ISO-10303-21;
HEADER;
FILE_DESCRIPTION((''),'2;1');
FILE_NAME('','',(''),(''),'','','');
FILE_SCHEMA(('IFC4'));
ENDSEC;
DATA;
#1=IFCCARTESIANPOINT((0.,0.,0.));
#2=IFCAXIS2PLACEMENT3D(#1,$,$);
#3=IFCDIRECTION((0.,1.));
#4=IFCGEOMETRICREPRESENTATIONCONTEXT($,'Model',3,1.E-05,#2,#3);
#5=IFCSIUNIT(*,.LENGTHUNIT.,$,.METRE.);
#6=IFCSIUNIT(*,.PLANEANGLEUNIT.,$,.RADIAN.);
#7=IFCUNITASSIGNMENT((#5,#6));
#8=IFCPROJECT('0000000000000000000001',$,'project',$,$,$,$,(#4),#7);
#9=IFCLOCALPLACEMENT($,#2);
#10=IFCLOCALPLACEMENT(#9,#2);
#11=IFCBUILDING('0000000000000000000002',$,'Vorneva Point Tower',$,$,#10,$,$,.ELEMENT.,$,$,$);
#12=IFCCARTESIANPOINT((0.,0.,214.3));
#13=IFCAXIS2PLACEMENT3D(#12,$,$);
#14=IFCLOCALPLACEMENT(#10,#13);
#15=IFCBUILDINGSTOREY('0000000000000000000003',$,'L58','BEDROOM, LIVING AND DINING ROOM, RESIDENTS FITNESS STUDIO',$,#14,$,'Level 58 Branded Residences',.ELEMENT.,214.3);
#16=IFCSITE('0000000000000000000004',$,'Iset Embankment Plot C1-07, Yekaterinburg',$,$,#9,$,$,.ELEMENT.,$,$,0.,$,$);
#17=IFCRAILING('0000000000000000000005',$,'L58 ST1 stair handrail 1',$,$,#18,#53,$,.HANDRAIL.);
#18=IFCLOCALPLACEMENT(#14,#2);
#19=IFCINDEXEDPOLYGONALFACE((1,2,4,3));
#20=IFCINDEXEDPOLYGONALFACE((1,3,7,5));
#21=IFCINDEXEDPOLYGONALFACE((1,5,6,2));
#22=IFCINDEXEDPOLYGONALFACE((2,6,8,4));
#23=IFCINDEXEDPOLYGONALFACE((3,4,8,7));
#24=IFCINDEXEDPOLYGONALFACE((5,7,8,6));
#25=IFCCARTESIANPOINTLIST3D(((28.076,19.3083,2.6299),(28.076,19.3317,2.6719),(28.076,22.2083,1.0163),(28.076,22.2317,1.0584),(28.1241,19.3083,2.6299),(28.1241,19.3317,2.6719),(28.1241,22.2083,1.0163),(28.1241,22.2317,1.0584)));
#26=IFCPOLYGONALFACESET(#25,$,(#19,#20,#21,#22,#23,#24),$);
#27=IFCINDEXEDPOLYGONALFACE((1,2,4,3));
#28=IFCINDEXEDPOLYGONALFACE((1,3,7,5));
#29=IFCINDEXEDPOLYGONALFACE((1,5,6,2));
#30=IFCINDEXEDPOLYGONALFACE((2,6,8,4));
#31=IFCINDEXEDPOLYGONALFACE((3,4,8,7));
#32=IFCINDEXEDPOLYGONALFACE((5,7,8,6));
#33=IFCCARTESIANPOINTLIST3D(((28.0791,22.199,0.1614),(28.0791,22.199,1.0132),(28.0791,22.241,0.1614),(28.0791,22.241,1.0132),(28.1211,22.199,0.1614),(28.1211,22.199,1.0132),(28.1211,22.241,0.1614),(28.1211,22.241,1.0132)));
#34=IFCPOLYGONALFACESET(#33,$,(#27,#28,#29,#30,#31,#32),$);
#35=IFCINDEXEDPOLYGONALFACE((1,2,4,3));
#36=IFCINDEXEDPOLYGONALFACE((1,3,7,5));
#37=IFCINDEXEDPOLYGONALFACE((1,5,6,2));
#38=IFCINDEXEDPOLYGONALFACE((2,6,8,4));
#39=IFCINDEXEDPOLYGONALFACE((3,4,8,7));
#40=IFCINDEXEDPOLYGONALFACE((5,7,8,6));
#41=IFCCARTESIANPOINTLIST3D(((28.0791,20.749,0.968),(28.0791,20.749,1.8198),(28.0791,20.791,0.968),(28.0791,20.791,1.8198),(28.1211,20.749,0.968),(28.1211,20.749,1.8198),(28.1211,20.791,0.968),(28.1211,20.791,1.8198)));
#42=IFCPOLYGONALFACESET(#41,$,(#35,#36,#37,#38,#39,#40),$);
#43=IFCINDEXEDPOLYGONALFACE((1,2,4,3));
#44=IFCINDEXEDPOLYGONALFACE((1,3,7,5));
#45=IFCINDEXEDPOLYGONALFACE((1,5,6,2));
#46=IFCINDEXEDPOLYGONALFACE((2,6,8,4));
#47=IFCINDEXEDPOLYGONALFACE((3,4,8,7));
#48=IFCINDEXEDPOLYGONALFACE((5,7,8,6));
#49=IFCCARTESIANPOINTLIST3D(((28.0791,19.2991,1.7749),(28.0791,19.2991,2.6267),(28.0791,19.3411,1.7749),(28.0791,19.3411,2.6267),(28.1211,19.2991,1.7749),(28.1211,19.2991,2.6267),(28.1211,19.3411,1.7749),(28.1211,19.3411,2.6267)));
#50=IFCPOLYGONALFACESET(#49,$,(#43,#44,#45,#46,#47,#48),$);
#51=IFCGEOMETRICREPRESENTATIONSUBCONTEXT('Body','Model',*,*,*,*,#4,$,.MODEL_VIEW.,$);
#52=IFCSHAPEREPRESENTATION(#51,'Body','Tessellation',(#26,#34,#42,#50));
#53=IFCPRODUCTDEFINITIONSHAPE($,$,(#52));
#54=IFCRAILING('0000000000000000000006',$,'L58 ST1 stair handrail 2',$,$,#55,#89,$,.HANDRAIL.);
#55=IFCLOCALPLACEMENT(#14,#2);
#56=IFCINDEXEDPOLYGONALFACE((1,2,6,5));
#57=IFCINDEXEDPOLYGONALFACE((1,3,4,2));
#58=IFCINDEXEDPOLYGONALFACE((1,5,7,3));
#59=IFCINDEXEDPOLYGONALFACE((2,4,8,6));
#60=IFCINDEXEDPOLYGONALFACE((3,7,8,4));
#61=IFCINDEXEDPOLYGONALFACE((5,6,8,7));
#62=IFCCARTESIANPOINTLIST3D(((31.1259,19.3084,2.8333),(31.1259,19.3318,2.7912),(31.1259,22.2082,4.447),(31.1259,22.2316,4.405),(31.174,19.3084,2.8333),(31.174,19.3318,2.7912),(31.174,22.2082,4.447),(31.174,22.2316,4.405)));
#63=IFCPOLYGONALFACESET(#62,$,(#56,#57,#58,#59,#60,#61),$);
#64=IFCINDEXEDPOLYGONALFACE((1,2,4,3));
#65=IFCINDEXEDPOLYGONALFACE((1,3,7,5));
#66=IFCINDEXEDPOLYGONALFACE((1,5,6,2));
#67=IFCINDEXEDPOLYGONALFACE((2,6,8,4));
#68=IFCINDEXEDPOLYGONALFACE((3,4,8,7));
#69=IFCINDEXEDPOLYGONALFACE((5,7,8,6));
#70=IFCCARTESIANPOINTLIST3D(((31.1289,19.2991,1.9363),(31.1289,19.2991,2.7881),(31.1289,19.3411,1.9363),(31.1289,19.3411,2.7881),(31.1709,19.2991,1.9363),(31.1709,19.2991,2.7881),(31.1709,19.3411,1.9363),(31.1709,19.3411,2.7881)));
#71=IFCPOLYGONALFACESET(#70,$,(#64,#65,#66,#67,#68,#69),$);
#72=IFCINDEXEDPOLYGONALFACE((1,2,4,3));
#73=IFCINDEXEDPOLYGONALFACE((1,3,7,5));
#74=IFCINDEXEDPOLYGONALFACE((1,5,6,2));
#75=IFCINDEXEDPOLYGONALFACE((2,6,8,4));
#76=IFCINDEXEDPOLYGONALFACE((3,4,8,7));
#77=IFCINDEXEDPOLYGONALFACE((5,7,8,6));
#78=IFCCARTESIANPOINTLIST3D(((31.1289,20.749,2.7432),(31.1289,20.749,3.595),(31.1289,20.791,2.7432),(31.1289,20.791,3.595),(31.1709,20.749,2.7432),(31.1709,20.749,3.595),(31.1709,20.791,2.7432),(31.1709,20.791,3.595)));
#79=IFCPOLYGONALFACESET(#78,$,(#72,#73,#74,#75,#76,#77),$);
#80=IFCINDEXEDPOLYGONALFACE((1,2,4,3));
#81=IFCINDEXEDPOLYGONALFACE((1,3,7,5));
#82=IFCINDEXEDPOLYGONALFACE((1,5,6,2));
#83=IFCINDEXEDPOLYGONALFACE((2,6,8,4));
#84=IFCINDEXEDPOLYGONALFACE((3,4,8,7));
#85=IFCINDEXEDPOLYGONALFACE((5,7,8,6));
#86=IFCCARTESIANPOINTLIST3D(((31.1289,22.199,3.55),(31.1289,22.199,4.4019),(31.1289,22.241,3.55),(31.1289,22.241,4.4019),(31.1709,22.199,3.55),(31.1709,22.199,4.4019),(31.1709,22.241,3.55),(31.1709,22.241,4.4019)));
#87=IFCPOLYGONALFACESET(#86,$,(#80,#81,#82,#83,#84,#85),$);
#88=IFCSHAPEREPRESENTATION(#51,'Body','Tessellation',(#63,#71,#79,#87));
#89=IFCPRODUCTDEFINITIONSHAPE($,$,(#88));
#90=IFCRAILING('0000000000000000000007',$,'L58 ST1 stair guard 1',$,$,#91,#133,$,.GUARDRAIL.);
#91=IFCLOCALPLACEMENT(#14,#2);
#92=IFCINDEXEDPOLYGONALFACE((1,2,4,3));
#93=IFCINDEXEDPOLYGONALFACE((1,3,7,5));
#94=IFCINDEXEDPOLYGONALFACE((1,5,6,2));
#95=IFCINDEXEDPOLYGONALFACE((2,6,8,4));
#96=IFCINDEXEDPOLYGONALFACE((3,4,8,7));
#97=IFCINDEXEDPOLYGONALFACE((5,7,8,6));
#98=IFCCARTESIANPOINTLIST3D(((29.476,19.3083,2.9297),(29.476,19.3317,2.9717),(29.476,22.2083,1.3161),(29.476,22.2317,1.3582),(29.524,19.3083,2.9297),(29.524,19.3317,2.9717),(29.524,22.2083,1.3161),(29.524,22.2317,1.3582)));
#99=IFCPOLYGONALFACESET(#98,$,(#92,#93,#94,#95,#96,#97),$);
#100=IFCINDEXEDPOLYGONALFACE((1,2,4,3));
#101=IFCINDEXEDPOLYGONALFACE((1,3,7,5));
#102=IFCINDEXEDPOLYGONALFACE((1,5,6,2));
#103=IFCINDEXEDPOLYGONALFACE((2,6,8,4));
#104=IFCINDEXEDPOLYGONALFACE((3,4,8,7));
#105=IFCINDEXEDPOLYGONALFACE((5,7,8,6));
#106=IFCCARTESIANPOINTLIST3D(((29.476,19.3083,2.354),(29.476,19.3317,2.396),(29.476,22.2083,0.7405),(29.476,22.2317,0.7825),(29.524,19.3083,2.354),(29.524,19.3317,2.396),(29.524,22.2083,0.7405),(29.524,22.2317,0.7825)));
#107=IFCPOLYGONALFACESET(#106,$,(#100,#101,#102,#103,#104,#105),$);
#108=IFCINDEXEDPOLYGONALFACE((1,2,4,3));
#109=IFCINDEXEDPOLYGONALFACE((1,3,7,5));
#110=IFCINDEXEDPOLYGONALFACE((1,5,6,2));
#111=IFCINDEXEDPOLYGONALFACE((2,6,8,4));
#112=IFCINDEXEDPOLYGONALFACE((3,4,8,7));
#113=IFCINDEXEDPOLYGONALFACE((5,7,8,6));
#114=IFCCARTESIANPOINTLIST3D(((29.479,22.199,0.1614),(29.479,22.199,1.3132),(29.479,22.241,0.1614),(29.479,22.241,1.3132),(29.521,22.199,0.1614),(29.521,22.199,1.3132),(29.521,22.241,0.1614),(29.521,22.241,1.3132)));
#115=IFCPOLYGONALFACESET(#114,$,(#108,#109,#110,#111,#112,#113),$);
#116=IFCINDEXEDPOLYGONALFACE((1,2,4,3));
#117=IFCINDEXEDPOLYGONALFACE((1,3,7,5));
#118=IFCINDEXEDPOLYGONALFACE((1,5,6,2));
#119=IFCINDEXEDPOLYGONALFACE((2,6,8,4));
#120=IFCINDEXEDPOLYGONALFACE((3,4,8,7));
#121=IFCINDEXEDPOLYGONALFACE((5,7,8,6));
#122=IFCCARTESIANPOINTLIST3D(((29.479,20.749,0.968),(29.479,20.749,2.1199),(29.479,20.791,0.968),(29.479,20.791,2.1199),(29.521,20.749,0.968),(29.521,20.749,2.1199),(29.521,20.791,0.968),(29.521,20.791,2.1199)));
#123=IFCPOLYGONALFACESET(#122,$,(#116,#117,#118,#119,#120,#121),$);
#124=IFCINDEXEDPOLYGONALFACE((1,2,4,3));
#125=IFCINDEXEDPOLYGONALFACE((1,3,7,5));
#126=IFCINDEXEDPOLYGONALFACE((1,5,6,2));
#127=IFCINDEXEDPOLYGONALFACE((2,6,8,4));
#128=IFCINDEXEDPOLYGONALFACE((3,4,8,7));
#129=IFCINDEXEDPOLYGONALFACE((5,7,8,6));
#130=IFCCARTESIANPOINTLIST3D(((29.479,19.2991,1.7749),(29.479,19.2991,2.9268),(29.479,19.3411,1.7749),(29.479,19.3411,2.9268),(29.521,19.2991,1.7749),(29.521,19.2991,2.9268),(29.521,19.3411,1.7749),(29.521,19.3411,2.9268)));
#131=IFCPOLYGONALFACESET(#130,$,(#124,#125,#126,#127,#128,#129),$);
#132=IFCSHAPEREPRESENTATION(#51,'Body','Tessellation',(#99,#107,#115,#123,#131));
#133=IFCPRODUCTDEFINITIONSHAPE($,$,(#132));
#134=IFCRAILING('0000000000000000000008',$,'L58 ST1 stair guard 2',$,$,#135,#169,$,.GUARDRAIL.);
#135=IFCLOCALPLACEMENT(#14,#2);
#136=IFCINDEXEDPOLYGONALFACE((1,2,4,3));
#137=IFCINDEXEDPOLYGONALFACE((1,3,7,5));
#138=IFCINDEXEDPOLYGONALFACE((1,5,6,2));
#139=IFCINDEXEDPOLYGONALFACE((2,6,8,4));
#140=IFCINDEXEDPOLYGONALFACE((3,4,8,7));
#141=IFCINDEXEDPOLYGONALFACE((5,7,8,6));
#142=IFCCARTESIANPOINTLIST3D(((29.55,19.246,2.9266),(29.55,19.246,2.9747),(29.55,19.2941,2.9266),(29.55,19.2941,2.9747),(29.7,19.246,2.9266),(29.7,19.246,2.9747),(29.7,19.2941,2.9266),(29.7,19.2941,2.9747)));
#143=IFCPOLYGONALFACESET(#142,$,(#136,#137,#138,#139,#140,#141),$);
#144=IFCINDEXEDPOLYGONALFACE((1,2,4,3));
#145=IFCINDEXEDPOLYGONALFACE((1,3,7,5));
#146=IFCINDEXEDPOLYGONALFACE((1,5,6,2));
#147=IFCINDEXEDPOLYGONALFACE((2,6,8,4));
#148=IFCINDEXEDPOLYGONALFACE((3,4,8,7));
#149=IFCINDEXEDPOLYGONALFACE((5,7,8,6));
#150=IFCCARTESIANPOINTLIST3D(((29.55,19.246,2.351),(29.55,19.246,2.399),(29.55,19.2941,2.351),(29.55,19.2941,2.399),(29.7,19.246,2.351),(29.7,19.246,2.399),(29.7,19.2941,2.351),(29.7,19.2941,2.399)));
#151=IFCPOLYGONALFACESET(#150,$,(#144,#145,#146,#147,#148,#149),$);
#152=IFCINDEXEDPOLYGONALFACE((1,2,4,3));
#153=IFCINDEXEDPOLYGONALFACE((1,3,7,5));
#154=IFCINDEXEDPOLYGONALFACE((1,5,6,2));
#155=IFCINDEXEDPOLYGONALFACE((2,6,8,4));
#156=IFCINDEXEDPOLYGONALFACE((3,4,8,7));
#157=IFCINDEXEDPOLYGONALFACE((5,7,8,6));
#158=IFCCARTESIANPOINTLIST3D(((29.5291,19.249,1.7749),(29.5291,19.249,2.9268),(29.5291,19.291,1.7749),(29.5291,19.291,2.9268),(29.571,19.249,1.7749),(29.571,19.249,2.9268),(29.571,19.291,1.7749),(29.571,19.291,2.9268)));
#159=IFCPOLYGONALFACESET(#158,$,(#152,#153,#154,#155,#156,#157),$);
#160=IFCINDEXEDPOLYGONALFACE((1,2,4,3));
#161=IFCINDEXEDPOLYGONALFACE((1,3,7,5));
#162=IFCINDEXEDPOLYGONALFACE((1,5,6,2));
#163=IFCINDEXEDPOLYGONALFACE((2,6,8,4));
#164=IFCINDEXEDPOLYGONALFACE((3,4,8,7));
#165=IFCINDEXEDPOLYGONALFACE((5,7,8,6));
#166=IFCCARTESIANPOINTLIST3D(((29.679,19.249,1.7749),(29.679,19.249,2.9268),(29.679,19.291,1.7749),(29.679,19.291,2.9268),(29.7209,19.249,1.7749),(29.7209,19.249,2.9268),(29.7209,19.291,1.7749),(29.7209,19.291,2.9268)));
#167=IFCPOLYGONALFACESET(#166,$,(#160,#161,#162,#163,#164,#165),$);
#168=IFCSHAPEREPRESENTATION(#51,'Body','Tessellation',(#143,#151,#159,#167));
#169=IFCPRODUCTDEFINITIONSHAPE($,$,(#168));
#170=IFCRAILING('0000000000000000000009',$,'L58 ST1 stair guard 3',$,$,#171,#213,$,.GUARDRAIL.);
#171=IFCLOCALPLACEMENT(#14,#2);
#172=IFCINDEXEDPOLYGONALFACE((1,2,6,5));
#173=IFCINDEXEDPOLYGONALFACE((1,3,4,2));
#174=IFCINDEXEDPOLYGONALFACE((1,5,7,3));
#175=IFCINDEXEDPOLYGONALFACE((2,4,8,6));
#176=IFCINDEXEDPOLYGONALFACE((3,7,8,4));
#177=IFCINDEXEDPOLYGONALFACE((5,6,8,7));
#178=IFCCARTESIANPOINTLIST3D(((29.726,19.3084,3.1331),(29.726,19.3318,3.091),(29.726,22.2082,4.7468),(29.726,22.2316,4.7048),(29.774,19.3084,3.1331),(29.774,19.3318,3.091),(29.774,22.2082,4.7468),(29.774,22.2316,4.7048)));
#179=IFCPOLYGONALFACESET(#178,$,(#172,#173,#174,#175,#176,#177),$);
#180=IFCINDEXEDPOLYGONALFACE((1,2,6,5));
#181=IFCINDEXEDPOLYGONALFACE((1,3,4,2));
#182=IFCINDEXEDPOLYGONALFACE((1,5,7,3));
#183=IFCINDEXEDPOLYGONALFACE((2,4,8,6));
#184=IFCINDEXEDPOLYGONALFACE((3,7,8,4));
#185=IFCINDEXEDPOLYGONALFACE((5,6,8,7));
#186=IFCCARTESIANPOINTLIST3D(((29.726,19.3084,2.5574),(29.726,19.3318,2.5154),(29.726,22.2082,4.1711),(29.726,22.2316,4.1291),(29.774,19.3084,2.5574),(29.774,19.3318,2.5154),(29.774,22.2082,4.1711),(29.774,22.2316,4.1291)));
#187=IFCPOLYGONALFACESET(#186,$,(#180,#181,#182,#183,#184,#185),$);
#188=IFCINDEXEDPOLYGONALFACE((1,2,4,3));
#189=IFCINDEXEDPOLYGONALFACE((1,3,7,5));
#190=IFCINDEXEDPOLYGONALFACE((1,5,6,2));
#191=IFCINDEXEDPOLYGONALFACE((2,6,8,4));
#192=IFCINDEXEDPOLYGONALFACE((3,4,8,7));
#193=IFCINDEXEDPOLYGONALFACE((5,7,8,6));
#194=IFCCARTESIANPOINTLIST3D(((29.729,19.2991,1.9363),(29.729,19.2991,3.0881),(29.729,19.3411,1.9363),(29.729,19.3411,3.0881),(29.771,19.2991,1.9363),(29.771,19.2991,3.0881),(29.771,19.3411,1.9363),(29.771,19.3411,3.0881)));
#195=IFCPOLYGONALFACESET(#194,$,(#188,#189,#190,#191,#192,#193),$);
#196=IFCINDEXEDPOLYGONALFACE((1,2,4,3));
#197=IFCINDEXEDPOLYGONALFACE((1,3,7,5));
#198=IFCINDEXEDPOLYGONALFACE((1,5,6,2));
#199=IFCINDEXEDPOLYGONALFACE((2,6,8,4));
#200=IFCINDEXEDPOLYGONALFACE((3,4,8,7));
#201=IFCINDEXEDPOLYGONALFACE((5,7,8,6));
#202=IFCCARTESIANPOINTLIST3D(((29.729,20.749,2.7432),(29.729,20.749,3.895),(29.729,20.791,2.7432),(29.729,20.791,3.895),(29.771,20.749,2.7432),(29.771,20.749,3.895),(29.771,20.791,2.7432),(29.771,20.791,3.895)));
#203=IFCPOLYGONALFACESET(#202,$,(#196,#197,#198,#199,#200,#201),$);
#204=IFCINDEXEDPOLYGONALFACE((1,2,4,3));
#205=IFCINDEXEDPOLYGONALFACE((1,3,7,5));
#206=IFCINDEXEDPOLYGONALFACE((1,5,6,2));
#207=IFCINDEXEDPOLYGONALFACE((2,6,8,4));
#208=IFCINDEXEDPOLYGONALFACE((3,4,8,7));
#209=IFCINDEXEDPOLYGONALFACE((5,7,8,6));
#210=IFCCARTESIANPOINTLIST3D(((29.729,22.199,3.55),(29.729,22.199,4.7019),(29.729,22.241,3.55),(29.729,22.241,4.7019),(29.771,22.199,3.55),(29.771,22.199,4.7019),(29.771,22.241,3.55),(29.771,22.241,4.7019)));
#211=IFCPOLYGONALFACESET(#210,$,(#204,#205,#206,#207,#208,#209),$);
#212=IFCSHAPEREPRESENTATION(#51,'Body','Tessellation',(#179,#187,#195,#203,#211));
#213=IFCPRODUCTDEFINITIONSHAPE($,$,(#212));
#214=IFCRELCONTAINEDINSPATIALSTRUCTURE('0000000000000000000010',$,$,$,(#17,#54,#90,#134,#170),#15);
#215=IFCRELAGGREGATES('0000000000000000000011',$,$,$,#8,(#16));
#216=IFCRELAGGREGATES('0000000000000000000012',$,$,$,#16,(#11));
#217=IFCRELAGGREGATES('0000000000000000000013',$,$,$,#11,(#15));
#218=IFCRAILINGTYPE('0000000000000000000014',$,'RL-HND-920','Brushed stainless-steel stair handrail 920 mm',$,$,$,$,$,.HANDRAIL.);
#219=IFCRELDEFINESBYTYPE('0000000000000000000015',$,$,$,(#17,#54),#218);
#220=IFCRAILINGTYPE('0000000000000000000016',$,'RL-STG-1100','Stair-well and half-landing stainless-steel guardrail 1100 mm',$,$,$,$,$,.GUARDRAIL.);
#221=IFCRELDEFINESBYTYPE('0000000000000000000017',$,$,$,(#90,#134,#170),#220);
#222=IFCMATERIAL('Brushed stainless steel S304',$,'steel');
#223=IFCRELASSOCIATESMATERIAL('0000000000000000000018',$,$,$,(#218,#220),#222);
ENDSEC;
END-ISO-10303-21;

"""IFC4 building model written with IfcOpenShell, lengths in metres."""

from ifc_helpers import new_model, si_unit, direction, frame, origin, origin_2d, place, context, subcontext, project, spatial, rectangle, extrude, material, type_object, element, save


model = new_model("IFC4")

# Units and contexts
model_context = context("Model", 3, precision=1e-05, world=origin(), true_north=direction((0.0, 1.0)))
body_context = subcontext(model_context, "Body", "Model", "MODEL_VIEW")
ifc_project = project(units=[si_unit("LENGTHUNIT", "METRE"), si_unit("PLANEANGLEUNIT", "RADIAN")], contexts=[model_context])

# Site, building, storey
site_placement = place(None, origin())
site = spatial("IfcSite", under=ifc_project, at=site_placement, Name="Iset Embankment Plot C1-07, Yekaterinburg", CompositionType="ELEMENT", RefElevation=0.0)
building_placement = place(site_placement, origin())
building = spatial("IfcBuilding", under=site, at=building_placement, Name="Vorneva Point Tower", CompositionType="ELEMENT")
storey_placement = place(building_placement, frame((0.0, 0.0, 214.3)))
storey = spatial("IfcBuildingStorey", under=building, at=storey_placement, Name="L58", Description="BEDROOM, LIVING AND DINING ROOM, RESIDENTS FITNESS STUDIO", LongName="Level 58 Branded Residences", CompositionType="ELEMENT", Elevation=214.3)

# Shared definitions
ifc_material_1 = material(Name="Brushed stainless steel S304", Category="steel")

# Railings
railing_type_1 = type_object("IfcRailingType", Name="RL-HND-920", Description="Brushed stainless-steel stair handrail 920 mm", PredefinedType="HANDRAIL", material=ifc_material_1)
railing_1_placement = place(storey_placement, frame((28.1001, 22.22, 0.1614)))
element("IfcRailing", 1, at=railing_1_placement, inside=storey, type_object=railing_type_1, Name="L58 ST1 stair handrail 1", PredefinedType="HANDRAIL", context=body_context, shape_type="SweptSolid", body=[
    extrude(rectangle(XDim=0.0481, YDim=0.0481, at=origin_2d()), frame((0.0, 0.0, 0.876), z_axis=(0.0, -0.873841, 0.486211), x_axis=(1.0, 0.0, 0.0)), (0.0, 0.0, 1.0), 3.3186),
    extrude(rectangle(XDim=0.042, YDim=0.042, at=origin_2d()), origin(), (0.0, 0.0, 1.0), 0.8518),
    extrude(rectangle(XDim=0.042, YDim=0.042, at=origin_2d()), frame((0.0, -1.45, 0.8066)), (0.0, 0.0, 1.0), 0.8518),
    extrude(rectangle(XDim=0.042, YDim=0.042, at=origin_2d()), frame((0.0, -2.8999, 1.6135)), (0.0, 0.0, 1.0), 0.8518),
])
railing_2_placement = place(storey_placement, frame((31.1499, 19.3201, 1.9363)))
element("IfcRailing", 2, at=railing_2_placement, inside=storey, type_object=railing_type_1, Name="L58 ST1 stair handrail 2", PredefinedType="HANDRAIL", context=body_context, shape_type="SweptSolid", body=[
    extrude(rectangle(XDim=0.0481, YDim=0.0481, at=origin_2d()), frame((0.0, 0.0, 0.876), z_axis=(0.0, 0.87381, 0.486267), x_axis=(-1.0, 0.0, 0.0)), (0.0, 0.0, 1.0), 3.3186),
    extrude(rectangle(XDim=0.042, YDim=0.042, at=origin_2d()), origin(), (0.0, 0.0, 1.0), 0.8518),
    extrude(rectangle(XDim=0.042, YDim=0.042, at=origin_2d()), frame((0.0, 1.45, 0.8069)), (0.0, 0.0, 1.0), 0.8518),
    extrude(rectangle(XDim=0.042, YDim=0.042, at=origin_2d()), frame((0.0, 2.8999, 1.6138)), (0.0, 0.0, 1.0), 0.8518),
])
railing_type_2 = type_object("IfcRailingType", Name="RL-STG-1100", Description="Stair-well and half-landing stainless-steel guardrail 1100 mm", PredefinedType="GUARDRAIL", material=ifc_material_1)
railing_3_placement = place(storey_placement, frame((29.5, 22.22, 0.1614)))
element("IfcRailing", 3, at=railing_3_placement, inside=storey, type_object=railing_type_2, Name="L58 ST1 stair guard 1", PredefinedType="GUARDRAIL", context=body_context, shape_type="SweptSolid", body=[
    extrude(rectangle(XDim=0.0481, YDim=0.0481, at=origin_2d()), frame((0.0, 0.0, 1.1758), z_axis=(0.0, -0.873841, 0.486211), x_axis=(1.0, 0.0, 0.0)), (0.0, 0.0, 1.0), 3.3186),
    extrude(rectangle(XDim=0.0481, YDim=0.0481, at=origin_2d()), frame((0.0, 0.0, 0.6001), z_axis=(0.0, -0.873841, 0.486211), x_axis=(1.0, 0.0, 0.0)), (0.0, 0.0, 1.0), 3.3186),
    extrude(rectangle(XDim=0.042, YDim=0.042, at=origin_2d()), origin(), (0.0, 0.0, 1.0), 1.1519),
    extrude(rectangle(XDim=0.042, YDim=0.042, at=origin_2d()), frame((0.0, -1.45, 0.8066)), (0.0, 0.0, 1.0), 1.1519),
    extrude(rectangle(XDim=0.042, YDim=0.042, at=origin_2d()), frame((0.0, -2.8999, 1.6135)), (0.0, 0.0, 1.0), 1.1519),
])
railing_4_placement = place(storey_placement, frame((29.55, 19.27, 1.7749)))
element("IfcRailing", 4, at=railing_4_placement, inside=storey, type_object=railing_type_2, Name="L58 ST1 stair guard 2", PredefinedType="GUARDRAIL", context=body_context, shape_type="SweptSolid", body=[
    extrude(rectangle(XDim=0.0481, YDim=0.0481, at=origin_2d()), frame((0.0, 0.0, 1.1758), z_axis=(1.0, 0.0, 0.0), x_axis=(0.0, 1.0, 0.0)), (0.0, 0.0, 1.0), 0.1499),
    extrude(rectangle(XDim=0.0481, YDim=0.0481, at=origin_2d()), frame((0.0, 0.0, 0.6001), z_axis=(1.0, 0.0, 0.0), x_axis=(0.0, 1.0, 0.0)), (0.0, 0.0, 1.0), 0.1499),
    extrude(rectangle(XDim=0.042, YDim=0.042, at=origin_2d()), origin(), (0.0, 0.0, 1.0), 1.1519),
    extrude(rectangle(XDim=0.042, YDim=0.042, at=origin_2d()), frame((0.1499, 0.0, 0.0)), (0.0, 0.0, 1.0), 1.1519),
])
railing_5_placement = place(storey_placement, frame((29.75, 19.3201, 1.9363)))
element("IfcRailing", 5, at=railing_5_placement, inside=storey, type_object=railing_type_2, Name="L58 ST1 stair guard 3", PredefinedType="GUARDRAIL", context=body_context, shape_type="SweptSolid", body=[
    extrude(rectangle(XDim=0.0481, YDim=0.0481, at=origin_2d()), frame((0.0, 0.0, 1.1758), z_axis=(0.0, 0.87381, 0.486267), x_axis=(-1.0, 0.0, 0.0)), (0.0, 0.0, 1.0), 3.3186),
    extrude(rectangle(XDim=0.0481, YDim=0.0481, at=origin_2d()), frame((0.0, 0.0, 0.6001), z_axis=(0.0, 0.87381, 0.486267), x_axis=(-1.0, 0.0, 0.0)), (0.0, 0.0, 1.0), 3.3186),
    extrude(rectangle(XDim=0.042, YDim=0.042, at=origin_2d()), origin(), (0.0, 0.0, 1.0), 1.1519),
    extrude(rectangle(XDim=0.042, YDim=0.042, at=origin_2d()), frame((0.0, 1.45, 0.8069)), (0.0, 0.0, 1.0), 1.1519),
    extrude(rectangle(XDim=0.042, YDim=0.042, at=origin_2d()), frame((0.0, 2.8999, 1.6138)), (0.0, 0.0, 1.0), 1.1519),
])

save(model, "model.ifc")
